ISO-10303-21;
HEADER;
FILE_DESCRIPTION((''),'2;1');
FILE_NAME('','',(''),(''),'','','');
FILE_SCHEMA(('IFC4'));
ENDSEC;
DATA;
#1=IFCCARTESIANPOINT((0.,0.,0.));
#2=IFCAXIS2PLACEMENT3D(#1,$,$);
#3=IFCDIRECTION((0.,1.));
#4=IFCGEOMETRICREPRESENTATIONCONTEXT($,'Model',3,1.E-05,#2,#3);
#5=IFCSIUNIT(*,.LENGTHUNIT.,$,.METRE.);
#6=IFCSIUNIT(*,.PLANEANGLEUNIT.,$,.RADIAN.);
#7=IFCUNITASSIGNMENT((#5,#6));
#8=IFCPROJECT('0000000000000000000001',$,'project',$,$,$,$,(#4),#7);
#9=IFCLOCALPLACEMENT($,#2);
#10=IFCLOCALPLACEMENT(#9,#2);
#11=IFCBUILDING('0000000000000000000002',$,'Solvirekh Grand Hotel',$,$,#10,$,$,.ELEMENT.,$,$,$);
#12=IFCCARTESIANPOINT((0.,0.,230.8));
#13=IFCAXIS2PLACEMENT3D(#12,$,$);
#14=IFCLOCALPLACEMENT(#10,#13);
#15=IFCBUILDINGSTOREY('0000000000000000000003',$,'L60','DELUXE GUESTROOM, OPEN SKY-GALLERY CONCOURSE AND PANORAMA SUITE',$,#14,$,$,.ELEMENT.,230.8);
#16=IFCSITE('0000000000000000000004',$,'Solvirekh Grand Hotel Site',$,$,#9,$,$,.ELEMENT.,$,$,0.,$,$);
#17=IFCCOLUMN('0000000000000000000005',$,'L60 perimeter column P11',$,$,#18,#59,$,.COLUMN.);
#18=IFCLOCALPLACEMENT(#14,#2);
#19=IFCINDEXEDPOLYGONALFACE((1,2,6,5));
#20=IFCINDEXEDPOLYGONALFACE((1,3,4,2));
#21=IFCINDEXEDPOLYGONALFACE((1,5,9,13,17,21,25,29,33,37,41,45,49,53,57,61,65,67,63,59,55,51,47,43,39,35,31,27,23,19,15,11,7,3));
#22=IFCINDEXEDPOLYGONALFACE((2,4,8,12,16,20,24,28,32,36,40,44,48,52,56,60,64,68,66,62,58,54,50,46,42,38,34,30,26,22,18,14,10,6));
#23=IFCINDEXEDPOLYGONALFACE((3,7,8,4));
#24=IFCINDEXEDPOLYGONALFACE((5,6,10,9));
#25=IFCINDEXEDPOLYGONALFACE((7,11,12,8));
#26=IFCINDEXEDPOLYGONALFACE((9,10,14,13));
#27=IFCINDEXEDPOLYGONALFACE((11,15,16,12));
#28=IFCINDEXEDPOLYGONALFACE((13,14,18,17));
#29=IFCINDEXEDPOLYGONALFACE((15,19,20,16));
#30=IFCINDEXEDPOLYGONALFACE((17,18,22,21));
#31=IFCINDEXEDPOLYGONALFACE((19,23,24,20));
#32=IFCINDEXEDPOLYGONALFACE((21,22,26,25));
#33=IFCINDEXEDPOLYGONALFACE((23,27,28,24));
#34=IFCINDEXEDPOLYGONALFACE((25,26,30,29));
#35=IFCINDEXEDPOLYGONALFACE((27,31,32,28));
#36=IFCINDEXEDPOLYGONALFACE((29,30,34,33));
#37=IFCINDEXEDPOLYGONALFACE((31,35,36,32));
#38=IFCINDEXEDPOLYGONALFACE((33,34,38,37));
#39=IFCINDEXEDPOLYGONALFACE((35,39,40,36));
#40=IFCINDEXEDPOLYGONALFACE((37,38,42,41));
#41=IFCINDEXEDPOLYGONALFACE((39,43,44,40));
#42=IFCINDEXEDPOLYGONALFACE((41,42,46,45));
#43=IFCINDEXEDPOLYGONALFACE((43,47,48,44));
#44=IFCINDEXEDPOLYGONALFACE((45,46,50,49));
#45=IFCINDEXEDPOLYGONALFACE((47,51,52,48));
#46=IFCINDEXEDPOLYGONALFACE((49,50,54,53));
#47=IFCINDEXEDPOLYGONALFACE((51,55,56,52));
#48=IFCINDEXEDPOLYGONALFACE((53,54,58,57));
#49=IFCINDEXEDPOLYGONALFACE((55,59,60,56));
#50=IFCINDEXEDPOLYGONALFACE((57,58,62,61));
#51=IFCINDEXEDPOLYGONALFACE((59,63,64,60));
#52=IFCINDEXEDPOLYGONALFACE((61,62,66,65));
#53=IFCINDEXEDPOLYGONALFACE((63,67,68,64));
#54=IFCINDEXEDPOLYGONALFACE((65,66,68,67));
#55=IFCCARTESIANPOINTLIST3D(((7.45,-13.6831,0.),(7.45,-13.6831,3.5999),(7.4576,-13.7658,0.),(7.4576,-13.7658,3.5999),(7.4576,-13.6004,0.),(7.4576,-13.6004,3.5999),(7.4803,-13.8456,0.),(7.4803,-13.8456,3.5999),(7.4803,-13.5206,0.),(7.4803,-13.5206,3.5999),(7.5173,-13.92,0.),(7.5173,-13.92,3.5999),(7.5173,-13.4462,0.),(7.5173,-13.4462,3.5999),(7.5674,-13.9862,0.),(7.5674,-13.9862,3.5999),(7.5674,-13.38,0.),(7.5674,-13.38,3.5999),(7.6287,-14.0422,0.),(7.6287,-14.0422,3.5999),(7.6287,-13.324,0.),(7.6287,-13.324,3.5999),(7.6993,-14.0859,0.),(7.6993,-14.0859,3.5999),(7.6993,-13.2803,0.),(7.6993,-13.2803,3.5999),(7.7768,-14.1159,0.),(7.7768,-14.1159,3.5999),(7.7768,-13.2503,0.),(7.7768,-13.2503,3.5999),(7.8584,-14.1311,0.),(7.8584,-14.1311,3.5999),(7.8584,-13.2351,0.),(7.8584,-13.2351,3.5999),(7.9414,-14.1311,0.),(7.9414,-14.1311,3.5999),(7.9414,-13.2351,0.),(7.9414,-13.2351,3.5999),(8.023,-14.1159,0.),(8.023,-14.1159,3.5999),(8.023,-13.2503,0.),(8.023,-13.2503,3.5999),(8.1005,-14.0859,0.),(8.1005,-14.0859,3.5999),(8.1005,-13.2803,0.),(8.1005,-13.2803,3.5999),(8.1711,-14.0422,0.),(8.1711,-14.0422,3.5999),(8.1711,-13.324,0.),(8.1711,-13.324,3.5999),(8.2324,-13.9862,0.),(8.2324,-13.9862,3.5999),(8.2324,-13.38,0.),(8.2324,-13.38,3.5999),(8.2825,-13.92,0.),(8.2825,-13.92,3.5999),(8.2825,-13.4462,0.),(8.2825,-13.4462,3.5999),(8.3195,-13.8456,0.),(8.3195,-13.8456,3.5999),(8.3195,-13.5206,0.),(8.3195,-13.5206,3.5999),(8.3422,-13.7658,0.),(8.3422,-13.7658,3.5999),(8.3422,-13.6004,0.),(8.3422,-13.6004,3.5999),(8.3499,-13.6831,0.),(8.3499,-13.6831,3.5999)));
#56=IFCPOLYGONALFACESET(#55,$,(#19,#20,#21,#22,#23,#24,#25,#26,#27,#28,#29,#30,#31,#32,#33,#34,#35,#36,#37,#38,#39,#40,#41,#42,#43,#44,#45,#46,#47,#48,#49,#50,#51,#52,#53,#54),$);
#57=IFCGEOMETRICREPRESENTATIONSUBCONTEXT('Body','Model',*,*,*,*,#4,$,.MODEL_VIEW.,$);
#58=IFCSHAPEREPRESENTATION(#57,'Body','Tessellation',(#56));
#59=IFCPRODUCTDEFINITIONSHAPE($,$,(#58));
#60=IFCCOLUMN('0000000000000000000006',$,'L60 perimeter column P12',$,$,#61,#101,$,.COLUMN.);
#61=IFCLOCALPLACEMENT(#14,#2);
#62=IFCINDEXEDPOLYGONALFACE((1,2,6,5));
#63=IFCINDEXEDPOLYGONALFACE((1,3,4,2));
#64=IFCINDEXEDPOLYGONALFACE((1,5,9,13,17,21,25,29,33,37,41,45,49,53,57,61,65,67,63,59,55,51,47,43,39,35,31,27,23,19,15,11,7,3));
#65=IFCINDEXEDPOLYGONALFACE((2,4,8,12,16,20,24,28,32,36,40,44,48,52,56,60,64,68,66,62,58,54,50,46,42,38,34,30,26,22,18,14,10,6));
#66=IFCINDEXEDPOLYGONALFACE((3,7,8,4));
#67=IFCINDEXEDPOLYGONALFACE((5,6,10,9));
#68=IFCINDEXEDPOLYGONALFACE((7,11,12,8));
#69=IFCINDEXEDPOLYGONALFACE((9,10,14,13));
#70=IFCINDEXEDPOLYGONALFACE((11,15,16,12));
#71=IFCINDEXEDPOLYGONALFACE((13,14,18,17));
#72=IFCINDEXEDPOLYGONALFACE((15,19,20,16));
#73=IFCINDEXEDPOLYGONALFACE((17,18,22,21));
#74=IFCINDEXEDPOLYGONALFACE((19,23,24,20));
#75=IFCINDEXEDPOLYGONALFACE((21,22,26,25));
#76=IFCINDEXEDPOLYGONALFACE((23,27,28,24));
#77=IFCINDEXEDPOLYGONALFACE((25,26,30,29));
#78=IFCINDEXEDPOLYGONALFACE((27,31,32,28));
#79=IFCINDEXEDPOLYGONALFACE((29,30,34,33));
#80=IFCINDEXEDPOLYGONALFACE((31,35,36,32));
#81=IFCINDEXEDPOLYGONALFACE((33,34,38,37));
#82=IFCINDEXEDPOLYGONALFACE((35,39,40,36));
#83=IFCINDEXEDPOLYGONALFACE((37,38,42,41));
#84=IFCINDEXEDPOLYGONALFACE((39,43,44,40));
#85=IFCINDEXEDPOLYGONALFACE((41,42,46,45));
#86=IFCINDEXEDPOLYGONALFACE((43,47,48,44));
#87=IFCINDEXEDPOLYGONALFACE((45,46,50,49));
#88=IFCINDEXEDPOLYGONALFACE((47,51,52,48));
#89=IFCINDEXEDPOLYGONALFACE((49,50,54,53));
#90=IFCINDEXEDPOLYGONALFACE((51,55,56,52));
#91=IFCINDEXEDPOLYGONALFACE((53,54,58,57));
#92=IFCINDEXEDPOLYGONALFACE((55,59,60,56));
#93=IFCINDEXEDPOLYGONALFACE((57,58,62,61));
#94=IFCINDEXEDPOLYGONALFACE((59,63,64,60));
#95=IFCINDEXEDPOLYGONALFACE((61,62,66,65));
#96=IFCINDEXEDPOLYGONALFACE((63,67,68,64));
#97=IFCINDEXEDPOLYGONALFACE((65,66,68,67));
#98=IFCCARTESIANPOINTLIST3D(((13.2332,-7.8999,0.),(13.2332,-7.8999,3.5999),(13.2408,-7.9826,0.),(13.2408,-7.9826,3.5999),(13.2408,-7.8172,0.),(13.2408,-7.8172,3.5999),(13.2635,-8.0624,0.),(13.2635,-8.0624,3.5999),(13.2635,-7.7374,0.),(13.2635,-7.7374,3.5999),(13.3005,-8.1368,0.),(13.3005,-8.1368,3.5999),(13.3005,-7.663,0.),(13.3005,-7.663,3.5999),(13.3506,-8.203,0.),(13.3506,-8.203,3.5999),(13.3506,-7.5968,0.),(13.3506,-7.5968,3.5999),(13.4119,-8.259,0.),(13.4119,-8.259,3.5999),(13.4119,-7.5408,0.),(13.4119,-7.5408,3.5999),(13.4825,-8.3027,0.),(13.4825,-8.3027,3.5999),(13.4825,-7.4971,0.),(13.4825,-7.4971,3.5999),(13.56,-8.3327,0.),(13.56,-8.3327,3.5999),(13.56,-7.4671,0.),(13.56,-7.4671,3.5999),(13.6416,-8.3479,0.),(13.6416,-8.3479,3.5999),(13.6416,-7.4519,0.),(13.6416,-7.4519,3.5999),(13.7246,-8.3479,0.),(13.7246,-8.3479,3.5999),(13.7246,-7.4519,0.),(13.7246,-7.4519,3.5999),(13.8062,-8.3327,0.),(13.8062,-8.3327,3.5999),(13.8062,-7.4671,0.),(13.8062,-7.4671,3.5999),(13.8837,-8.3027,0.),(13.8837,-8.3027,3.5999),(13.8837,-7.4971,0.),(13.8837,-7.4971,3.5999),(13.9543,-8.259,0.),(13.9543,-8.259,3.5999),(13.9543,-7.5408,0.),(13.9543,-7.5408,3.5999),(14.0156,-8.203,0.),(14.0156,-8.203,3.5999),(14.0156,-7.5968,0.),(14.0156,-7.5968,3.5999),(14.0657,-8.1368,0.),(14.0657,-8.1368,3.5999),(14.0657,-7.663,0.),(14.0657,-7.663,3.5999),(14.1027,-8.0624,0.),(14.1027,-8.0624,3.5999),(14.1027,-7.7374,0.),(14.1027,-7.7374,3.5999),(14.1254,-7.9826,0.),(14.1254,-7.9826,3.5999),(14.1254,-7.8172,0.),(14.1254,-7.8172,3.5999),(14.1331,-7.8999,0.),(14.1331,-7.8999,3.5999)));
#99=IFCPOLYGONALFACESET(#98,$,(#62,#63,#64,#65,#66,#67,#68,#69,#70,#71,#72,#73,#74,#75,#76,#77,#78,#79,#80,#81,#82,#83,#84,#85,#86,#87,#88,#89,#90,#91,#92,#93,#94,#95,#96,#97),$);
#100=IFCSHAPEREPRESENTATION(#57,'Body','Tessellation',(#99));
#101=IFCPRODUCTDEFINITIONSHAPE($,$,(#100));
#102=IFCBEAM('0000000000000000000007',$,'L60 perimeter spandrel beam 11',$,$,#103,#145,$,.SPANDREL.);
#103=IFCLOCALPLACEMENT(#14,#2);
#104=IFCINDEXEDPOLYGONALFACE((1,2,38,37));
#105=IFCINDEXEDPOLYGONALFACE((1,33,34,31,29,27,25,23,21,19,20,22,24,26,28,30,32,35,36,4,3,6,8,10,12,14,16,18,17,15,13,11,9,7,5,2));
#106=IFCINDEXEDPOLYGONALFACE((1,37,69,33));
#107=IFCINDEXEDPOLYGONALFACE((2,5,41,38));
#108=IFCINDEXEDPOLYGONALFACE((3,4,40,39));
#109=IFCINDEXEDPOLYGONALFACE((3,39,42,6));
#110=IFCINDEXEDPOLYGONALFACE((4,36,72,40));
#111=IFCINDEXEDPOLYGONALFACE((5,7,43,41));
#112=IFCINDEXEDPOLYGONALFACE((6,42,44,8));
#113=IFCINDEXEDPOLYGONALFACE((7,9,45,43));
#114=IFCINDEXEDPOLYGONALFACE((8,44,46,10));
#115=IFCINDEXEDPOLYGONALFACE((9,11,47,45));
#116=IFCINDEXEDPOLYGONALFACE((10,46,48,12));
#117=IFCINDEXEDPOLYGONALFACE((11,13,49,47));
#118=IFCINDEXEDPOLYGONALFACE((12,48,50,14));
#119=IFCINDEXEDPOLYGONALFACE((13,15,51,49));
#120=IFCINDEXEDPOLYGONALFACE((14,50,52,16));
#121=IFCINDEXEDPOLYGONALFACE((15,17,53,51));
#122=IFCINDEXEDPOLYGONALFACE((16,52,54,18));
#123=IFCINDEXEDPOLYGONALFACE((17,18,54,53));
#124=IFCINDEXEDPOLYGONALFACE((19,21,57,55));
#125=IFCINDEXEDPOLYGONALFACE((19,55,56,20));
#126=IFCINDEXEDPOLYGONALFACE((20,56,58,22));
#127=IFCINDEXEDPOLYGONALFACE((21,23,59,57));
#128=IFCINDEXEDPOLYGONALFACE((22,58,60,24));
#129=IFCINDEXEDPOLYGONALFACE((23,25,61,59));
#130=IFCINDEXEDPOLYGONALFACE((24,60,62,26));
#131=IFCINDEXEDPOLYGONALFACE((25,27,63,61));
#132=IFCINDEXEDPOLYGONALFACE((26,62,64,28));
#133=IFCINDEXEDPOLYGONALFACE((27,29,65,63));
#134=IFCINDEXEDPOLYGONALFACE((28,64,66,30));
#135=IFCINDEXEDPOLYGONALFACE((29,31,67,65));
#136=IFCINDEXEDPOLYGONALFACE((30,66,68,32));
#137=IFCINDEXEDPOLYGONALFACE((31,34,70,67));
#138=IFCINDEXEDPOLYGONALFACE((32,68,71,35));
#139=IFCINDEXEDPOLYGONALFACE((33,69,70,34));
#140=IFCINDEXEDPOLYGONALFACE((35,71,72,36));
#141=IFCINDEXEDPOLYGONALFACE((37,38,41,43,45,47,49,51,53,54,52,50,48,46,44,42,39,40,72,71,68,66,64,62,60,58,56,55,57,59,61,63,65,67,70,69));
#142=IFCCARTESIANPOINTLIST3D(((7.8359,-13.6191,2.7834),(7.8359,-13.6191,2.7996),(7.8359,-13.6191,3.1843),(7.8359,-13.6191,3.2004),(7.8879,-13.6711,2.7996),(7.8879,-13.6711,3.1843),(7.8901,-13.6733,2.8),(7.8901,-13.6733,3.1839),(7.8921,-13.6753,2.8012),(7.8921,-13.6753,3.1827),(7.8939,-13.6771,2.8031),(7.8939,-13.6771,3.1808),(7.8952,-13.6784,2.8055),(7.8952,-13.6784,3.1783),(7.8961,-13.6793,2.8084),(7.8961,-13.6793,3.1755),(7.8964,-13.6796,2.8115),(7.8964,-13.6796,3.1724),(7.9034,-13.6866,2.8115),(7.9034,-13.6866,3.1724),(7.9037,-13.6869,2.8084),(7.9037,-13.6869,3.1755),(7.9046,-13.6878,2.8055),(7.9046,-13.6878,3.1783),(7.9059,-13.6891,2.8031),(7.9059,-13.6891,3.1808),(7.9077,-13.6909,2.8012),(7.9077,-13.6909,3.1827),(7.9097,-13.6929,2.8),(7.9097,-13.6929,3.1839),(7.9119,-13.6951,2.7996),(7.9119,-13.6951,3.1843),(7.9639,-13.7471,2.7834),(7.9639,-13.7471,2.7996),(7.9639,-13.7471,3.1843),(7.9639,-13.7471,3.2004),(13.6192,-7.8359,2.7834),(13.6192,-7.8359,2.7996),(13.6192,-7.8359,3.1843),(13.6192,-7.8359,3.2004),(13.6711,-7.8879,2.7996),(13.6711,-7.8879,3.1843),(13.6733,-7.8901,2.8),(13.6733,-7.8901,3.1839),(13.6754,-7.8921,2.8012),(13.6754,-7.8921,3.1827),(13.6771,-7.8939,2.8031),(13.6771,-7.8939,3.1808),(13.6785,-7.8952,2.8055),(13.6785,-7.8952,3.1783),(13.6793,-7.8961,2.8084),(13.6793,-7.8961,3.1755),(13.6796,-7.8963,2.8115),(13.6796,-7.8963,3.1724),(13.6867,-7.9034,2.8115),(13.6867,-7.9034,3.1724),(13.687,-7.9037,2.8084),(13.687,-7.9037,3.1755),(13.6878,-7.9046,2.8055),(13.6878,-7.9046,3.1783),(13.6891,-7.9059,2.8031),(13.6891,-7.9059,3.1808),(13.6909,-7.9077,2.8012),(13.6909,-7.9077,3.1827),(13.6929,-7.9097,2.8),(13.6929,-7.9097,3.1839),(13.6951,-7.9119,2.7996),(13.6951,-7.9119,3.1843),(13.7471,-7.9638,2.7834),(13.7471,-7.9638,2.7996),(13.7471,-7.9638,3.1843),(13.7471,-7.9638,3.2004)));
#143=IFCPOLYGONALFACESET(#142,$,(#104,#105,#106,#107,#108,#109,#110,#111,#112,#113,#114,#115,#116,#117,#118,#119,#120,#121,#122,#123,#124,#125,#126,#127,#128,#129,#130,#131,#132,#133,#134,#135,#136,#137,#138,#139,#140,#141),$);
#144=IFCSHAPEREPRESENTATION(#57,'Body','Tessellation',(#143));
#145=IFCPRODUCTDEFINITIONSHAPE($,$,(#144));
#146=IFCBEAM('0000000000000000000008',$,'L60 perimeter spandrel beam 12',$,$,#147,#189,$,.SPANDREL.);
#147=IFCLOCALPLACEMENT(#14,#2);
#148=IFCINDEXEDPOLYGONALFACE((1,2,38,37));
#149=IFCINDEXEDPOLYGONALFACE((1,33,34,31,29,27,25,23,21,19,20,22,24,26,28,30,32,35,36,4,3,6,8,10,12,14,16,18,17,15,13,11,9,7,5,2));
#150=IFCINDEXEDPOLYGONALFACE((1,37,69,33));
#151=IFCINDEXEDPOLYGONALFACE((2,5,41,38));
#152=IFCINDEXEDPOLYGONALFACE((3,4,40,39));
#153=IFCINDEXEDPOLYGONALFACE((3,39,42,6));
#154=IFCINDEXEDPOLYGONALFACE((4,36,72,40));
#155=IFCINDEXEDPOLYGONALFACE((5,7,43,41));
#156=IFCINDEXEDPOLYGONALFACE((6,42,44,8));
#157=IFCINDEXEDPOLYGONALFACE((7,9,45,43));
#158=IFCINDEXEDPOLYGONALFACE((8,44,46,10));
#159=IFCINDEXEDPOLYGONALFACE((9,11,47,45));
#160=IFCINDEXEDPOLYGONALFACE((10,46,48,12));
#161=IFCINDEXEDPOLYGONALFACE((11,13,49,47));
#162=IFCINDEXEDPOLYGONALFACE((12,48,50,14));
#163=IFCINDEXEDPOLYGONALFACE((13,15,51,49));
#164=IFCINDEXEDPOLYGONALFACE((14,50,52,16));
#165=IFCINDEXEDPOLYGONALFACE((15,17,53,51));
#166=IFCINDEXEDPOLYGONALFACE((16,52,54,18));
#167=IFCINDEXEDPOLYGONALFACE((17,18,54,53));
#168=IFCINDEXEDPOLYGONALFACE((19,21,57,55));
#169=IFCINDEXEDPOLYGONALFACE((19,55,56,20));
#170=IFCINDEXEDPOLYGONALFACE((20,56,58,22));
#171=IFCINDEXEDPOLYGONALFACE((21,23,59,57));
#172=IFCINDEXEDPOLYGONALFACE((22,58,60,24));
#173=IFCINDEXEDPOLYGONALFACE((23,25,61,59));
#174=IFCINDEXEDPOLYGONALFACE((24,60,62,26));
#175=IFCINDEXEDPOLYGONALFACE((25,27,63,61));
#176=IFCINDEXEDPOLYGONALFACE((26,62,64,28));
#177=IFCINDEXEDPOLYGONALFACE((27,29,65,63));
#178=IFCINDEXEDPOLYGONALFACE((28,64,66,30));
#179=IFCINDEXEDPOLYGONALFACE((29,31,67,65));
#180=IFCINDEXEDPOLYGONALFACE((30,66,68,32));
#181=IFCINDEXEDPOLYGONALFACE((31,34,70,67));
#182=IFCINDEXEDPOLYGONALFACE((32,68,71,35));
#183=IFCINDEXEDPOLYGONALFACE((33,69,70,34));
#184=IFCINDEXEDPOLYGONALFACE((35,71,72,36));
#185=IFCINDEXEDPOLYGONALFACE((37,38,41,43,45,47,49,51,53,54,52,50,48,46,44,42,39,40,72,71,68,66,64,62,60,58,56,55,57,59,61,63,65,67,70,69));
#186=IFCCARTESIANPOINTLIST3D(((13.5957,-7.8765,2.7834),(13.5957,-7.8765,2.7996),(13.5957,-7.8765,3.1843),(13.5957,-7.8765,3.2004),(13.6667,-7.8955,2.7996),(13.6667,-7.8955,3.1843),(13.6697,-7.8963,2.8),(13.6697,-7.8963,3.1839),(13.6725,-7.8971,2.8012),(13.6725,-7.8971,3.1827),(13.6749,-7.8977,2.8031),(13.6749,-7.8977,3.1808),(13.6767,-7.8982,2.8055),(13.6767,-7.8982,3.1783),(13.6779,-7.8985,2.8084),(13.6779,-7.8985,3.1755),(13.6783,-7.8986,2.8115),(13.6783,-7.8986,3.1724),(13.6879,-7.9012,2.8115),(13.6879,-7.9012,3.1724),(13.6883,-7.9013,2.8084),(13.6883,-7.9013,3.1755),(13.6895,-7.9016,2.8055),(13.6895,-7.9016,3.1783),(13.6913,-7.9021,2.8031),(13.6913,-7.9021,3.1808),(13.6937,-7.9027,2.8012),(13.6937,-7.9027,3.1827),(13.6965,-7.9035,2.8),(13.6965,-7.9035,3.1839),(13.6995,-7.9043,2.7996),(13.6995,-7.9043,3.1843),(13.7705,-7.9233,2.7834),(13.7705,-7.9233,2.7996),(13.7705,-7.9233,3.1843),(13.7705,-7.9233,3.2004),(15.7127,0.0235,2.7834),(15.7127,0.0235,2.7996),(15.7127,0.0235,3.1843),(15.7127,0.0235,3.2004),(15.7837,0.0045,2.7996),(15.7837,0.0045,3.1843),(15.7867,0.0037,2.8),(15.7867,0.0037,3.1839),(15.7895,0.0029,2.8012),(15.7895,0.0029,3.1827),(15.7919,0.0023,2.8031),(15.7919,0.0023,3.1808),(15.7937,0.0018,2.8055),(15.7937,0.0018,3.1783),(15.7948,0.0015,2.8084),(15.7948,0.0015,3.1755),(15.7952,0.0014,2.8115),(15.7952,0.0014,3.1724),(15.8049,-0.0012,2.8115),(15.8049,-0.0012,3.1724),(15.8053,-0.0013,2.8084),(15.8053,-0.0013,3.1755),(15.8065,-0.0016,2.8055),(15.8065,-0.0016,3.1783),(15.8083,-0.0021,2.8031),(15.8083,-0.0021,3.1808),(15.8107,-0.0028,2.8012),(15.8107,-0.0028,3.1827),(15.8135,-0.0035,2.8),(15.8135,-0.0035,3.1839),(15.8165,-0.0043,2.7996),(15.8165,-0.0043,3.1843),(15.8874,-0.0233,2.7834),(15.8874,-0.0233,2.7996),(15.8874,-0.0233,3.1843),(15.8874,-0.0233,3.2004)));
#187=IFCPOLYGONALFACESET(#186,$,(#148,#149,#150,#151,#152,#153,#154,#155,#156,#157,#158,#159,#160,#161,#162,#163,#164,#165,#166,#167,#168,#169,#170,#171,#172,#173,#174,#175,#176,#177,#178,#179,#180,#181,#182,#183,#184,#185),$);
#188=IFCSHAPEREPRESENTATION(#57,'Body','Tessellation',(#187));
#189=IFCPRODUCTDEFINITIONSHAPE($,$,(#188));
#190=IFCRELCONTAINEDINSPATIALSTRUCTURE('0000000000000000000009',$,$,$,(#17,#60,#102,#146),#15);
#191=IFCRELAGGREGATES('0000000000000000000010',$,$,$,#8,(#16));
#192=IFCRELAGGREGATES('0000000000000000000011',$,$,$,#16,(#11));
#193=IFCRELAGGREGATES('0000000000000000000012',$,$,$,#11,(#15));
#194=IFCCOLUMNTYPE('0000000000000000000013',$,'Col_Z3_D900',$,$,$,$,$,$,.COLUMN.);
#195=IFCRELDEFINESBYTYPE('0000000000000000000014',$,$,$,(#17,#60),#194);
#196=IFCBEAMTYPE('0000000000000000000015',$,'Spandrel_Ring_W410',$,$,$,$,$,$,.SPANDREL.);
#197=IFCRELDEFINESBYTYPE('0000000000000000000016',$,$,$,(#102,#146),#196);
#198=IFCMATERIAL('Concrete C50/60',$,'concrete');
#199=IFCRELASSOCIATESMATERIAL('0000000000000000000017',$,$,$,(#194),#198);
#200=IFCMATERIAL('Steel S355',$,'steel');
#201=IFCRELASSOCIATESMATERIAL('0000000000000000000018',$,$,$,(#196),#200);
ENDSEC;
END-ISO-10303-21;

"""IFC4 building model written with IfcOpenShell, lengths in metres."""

from ifc_helpers import new_model, si_unit, direction, frame, origin, origin_2d, place, context, subcontext, project, spatial, circle, i_section, extrude, material, material_profile, profile_set, type_object, element, save


model = new_model("IFC4")

# Units and contexts
model_context = context("Model", 3, precision=1e-05, world=origin(), true_north=direction((0.0, 1.0)))
body_context = subcontext(model_context, "Body", "Model", "MODEL_VIEW")
ifc_project = project(units=[si_unit("LENGTHUNIT", "METRE"), si_unit("PLANEANGLEUNIT", "RADIAN")], contexts=[model_context])

# Site, building, storey
site_placement = place(None, origin())
site = spatial("IfcSite", under=ifc_project, at=site_placement, Name="Solvirekh Grand Hotel Site", CompositionType="ELEMENT", RefElevation=0.0)
building_placement = place(site_placement, origin())
building = spatial("IfcBuilding", under=site, at=building_placement, Name="Solvirekh Grand Hotel", CompositionType="ELEMENT")
storey_placement = place(building_placement, frame((0.0, 0.0, 230.8)))
storey = spatial("IfcBuildingStorey", under=building, at=storey_placement, Name="L60", Description="DELUXE GUESTROOM, OPEN SKY-GALLERY CONCOURSE AND PANORAMA SUITE", CompositionType="ELEMENT", Elevation=230.8)

# Columns
ifc_material_1 = material(Name="Concrete C50/60", Category="concrete")
ifc_material_profile_1 = material_profile(ifc_material_1, circle(Radius=0.45, at=origin_2d()), Name="RC CIRC D900")
ifc_profile_set_1 = profile_set([ifc_material_profile_1], Name="Concrete C50/60")
column_type = type_object("IfcColumnType", Name="Col_Z3_D900", PredefinedType="COLUMN", material=ifc_profile_set_1)
for number, where, z_axis, x_axis, name in (
    (1, (7.8999, -13.6831, 0.0), (0.0, 0.0, 1.0), (1.0, 0.0, 0.0), "L60 perimeter column P11"),
    (2, (13.6831, -7.8999, 0.0), (0.0, 0.0, 1.0), (1.0, 0.0, 0.0), "L60 perimeter column P12"),
):
    element("IfcColumn", number, at=place(storey_placement, frame(where, z_axis=z_axis, x_axis=x_axis)), inside=storey, type_object=column_type, Name=name, PredefinedType="COLUMN", context=body_context, shape_type="SweptSolid", body=[
        extrude(circle(Radius=0.45, at=origin_2d()), origin(), (0.0, 0.0, 1.0), 3.5999),
    ])

# Beams
ifc_material_2 = material(Name="Steel S355", Category="steel")
ifc_material_profile_2 = material_profile(ifc_material_2, i_section(OverallWidth=0.1809, OverallDepth=0.417, WebThickness=0.01, FlangeThickness=0.0161, FilletRadius=0.012, at=origin_2d()), Name="W410X85")
ifc_profile_set_2 = profile_set([ifc_material_profile_2], Name="Steel S355")
beam_type_1 = type_object("IfcBeamType", Name="Spandrel_Ring_W410", PredefinedType="SPANDREL", material=ifc_profile_set_2)
for number, where, z_axis, x_axis, name in (
    (3, (7.8999, -13.6831, 2.9919), (0.707107, 0.707107, 0.0), (-0.707107, 0.707107, 0.0), "L60 perimeter spandrel beam 11"),
    (4, (13.6831, -7.8999, 2.9919), (0.258839, 0.965921, 0.0), (-0.965921, 0.258839, 0.0), "L60 perimeter spandrel beam 12"),
):
    element("IfcBeam", number, at=place(storey_placement, frame(where, z_axis=z_axis, x_axis=x_axis)), inside=storey, type_object=beam_type_1, Name=name, PredefinedType="SPANDREL", context=body_context, shape_type="SweptSolid", body=[
        extrude(i_section(OverallWidth=0.1809, OverallDepth=0.417, WebThickness=0.01, FlangeThickness=0.0161, FilletRadius=0.012, at=origin_2d()), origin(), (0.0, 0.0, 1.0), 8.1787),
    ])

save(model, "model.ifc")
